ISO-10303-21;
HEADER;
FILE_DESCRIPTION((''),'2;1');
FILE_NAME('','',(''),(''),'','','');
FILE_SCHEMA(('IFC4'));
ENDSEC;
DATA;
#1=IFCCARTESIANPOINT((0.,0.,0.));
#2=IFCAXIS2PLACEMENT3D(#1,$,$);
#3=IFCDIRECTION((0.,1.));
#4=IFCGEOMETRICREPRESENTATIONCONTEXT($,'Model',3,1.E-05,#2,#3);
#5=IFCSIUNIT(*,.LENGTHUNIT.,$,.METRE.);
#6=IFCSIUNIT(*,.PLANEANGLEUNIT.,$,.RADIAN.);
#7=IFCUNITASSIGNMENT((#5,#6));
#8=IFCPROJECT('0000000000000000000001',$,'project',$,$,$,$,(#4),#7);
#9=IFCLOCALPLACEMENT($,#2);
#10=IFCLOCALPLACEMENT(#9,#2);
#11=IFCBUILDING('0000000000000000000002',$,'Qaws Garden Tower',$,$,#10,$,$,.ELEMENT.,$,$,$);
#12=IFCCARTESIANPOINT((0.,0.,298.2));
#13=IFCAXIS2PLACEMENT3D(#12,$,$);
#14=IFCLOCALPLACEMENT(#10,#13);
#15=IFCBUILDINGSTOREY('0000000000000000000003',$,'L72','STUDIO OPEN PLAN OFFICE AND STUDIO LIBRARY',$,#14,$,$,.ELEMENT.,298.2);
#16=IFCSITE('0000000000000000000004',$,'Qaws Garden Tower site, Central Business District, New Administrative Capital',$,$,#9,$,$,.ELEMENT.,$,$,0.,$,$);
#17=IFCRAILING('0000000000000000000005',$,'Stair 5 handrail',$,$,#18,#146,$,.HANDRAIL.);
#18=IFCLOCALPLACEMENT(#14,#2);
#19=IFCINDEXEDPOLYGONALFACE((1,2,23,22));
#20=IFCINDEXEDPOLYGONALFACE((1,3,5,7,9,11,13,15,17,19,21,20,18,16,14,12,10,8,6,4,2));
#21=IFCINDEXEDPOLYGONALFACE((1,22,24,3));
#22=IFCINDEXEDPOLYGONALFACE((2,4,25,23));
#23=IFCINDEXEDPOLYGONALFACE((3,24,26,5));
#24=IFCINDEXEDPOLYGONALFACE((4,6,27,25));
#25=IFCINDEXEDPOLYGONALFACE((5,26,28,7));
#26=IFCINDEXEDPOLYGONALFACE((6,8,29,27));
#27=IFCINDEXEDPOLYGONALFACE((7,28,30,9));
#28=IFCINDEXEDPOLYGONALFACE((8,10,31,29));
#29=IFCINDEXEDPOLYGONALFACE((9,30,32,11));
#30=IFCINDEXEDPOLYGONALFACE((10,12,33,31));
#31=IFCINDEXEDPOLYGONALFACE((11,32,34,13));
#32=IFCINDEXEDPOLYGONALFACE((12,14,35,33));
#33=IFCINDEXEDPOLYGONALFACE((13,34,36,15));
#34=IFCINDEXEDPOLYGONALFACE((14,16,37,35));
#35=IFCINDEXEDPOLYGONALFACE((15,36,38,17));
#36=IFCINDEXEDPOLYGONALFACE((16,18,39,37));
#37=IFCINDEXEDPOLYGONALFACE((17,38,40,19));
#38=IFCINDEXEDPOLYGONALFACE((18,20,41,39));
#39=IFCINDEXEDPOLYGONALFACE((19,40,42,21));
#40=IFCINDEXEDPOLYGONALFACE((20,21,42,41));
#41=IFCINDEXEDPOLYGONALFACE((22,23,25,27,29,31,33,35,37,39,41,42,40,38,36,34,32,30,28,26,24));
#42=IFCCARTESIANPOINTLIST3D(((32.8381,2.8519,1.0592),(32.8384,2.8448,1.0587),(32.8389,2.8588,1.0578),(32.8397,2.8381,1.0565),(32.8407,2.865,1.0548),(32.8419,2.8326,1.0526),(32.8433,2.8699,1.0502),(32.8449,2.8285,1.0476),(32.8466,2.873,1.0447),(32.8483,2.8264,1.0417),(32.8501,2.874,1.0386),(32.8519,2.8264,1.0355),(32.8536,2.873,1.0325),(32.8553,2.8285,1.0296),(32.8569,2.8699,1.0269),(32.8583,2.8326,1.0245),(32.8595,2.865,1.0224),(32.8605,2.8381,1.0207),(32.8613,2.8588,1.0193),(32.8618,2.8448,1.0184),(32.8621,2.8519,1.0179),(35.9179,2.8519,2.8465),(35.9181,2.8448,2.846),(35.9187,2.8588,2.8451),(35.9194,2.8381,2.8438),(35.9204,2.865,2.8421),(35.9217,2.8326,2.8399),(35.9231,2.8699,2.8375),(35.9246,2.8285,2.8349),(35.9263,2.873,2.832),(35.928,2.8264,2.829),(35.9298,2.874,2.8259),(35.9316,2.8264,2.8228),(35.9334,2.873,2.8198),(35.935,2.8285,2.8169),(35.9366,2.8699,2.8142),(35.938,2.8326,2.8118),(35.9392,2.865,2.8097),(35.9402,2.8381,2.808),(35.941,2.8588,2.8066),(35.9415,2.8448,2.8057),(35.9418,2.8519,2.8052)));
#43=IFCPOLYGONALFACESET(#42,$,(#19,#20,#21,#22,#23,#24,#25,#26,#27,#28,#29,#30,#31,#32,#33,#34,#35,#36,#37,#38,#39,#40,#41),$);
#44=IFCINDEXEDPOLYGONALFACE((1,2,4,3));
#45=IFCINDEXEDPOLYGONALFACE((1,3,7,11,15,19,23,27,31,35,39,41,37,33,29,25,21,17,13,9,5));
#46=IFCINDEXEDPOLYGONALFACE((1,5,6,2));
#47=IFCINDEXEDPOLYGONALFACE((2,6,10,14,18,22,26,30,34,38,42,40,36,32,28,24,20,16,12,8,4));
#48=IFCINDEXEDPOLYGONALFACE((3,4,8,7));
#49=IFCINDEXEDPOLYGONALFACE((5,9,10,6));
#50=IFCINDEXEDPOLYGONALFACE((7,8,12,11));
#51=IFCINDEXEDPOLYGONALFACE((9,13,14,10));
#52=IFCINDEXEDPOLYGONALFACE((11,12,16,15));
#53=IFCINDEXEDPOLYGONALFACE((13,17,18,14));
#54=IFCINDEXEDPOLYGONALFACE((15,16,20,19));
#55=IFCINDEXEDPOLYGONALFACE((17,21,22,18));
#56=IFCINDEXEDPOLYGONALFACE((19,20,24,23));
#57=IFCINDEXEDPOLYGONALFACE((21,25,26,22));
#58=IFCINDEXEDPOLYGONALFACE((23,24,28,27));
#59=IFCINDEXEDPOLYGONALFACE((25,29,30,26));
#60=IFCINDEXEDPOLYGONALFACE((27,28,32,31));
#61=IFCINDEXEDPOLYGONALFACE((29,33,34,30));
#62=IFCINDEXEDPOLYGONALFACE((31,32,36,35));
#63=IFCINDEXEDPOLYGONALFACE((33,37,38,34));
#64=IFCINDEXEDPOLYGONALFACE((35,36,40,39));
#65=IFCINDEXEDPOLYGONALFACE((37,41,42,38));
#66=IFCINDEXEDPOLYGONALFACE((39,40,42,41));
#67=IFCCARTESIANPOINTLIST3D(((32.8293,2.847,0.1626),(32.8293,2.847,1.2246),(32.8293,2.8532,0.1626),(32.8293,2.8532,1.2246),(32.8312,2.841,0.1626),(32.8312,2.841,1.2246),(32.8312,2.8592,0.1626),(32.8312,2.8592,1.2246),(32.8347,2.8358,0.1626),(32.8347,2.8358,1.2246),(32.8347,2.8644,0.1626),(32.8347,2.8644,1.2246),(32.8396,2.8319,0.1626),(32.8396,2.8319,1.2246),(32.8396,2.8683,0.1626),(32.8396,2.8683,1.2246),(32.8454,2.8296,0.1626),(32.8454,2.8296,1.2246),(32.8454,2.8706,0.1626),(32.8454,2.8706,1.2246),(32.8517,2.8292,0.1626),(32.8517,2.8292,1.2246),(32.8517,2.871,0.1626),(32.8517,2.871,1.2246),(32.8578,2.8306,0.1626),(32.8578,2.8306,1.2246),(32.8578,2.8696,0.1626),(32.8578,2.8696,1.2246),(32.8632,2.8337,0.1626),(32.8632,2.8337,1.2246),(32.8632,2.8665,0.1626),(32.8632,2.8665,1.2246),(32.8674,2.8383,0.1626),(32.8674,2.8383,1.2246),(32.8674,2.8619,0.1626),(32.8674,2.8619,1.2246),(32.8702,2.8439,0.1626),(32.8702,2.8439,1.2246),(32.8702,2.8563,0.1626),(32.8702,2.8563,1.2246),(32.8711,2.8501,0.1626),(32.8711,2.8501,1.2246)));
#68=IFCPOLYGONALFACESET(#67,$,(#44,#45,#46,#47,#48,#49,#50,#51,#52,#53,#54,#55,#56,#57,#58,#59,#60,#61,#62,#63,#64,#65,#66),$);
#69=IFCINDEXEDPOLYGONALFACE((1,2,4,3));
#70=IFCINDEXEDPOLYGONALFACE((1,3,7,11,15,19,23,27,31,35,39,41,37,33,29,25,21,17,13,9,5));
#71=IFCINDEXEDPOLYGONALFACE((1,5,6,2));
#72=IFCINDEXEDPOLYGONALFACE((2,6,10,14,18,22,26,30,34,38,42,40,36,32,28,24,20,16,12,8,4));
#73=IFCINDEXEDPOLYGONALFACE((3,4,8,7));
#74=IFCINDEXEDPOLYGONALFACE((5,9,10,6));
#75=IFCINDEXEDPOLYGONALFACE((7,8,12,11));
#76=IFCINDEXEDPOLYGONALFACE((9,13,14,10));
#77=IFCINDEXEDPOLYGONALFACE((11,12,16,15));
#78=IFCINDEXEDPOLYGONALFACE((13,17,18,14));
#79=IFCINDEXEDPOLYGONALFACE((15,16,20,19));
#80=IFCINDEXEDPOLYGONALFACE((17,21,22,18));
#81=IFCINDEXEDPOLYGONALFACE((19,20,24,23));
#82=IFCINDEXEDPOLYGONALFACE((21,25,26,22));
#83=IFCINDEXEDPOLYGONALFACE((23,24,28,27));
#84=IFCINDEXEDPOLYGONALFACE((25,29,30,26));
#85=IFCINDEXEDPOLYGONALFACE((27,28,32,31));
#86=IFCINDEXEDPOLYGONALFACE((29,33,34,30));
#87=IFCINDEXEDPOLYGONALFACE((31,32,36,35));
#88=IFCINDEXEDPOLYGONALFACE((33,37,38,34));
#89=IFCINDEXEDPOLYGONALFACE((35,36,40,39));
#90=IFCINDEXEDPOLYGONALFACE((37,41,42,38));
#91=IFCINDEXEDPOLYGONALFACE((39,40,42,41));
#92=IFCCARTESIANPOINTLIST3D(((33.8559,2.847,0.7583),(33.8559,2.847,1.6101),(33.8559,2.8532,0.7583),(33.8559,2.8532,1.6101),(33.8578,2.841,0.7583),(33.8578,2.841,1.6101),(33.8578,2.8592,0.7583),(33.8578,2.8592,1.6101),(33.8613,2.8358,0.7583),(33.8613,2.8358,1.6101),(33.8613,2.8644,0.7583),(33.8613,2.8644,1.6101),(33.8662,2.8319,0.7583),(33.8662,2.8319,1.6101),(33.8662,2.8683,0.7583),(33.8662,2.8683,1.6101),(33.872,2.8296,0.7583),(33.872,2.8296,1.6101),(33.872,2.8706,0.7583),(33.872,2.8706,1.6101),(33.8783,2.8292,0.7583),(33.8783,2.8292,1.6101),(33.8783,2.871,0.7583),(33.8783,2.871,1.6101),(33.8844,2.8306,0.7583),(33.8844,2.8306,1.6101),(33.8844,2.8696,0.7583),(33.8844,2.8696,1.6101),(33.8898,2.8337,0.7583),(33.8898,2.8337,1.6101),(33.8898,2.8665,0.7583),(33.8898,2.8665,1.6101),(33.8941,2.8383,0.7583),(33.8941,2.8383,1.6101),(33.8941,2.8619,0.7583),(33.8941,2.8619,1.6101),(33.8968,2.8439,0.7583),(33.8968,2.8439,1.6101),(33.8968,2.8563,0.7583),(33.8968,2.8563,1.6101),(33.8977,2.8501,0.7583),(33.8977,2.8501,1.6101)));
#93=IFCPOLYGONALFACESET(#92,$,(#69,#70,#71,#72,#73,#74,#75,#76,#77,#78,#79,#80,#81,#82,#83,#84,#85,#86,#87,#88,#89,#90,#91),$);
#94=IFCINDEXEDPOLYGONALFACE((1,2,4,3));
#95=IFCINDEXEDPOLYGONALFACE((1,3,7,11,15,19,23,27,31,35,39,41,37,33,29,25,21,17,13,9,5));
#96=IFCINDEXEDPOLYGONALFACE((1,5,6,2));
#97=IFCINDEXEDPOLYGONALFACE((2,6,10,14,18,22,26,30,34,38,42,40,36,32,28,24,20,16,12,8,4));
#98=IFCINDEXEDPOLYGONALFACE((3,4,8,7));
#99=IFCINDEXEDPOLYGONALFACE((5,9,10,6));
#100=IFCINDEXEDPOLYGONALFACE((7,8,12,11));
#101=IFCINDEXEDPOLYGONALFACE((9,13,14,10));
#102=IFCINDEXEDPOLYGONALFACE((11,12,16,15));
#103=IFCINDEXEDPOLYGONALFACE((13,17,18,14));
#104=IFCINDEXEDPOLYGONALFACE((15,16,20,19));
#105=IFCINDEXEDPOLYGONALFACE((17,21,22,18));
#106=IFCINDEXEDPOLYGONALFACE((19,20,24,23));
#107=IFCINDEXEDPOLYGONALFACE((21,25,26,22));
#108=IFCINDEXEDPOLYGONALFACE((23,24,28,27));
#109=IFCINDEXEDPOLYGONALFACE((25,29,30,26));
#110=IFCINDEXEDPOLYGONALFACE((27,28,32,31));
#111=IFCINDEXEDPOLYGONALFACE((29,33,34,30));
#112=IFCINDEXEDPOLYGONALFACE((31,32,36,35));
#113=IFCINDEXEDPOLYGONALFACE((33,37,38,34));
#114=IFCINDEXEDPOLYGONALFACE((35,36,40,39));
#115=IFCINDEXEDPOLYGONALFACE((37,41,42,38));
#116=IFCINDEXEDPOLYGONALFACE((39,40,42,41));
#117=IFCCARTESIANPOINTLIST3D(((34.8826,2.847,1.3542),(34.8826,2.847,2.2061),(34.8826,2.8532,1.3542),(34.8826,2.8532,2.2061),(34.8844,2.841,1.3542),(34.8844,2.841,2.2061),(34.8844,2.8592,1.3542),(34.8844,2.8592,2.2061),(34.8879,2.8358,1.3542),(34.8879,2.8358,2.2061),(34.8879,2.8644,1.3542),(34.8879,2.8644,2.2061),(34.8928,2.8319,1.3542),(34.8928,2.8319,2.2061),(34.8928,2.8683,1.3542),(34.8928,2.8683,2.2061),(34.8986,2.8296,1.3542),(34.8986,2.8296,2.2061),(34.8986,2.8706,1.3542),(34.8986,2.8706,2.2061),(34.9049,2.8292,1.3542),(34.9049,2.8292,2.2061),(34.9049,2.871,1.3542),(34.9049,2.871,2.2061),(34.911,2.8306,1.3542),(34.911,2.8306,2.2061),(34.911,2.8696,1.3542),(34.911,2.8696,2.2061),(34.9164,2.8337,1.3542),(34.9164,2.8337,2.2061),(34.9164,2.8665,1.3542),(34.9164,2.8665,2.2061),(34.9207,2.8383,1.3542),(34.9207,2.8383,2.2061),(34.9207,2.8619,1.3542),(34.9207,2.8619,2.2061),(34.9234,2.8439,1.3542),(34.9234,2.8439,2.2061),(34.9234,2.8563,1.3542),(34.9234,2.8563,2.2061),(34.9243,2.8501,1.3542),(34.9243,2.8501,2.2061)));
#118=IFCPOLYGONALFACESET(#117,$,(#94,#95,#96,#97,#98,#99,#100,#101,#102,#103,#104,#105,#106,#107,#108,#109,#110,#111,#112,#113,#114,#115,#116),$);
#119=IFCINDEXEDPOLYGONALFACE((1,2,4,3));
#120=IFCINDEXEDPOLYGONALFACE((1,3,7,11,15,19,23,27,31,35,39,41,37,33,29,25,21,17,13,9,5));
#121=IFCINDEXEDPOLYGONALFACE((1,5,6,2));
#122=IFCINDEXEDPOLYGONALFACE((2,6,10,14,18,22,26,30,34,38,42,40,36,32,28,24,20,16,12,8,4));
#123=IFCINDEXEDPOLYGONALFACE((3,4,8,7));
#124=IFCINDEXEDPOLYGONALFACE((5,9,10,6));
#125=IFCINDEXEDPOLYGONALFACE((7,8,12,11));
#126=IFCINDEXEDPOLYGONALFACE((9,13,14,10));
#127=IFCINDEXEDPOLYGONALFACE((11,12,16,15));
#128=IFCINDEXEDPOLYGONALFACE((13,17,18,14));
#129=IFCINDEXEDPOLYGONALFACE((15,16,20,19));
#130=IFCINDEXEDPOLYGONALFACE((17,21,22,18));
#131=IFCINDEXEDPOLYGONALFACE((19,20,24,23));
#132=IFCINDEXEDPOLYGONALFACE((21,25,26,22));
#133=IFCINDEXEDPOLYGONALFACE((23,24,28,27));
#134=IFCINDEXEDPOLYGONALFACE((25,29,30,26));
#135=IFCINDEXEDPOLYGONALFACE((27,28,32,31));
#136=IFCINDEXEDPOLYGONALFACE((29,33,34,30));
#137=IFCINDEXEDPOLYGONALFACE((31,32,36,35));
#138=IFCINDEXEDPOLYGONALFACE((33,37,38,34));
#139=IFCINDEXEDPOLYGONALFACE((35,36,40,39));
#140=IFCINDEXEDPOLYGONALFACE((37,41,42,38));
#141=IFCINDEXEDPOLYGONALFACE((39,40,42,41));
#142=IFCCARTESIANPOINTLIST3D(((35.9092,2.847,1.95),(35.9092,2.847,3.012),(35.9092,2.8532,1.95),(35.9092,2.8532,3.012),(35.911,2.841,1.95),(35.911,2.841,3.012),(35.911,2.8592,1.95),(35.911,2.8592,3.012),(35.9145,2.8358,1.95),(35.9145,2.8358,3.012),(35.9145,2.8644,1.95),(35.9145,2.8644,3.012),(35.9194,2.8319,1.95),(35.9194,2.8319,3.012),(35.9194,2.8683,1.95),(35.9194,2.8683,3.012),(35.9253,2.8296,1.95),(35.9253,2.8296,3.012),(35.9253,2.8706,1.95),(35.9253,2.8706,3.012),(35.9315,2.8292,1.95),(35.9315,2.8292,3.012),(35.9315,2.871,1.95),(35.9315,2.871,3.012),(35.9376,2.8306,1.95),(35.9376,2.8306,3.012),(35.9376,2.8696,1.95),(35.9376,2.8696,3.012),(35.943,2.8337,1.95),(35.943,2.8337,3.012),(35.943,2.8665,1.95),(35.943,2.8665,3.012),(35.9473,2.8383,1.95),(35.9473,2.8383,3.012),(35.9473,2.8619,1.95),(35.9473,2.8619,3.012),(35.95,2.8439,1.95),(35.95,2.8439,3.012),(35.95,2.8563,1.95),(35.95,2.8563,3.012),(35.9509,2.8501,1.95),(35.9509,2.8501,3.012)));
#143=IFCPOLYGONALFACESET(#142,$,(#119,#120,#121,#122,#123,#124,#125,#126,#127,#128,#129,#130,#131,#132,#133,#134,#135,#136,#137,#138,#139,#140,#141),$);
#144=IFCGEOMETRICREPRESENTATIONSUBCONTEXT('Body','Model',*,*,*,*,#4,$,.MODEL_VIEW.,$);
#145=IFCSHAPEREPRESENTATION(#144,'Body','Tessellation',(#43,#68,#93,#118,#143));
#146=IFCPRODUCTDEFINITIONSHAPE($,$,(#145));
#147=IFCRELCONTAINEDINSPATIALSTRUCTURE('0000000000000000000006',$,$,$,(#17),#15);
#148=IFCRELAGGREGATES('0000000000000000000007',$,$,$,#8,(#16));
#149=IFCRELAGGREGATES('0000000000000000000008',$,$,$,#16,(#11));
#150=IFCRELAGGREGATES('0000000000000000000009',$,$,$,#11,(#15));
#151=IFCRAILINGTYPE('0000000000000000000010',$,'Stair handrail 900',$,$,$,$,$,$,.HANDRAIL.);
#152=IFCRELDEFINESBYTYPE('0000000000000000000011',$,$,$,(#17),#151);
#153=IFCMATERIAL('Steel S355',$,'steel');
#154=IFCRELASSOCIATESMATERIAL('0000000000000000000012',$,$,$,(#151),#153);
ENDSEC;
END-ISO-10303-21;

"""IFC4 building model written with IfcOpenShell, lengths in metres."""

from ifc_helpers import new_model, si_unit, direction, frame, origin, origin_2d, place, context, subcontext, project, spatial, circle, extrude, material, type_object, element, save


model = new_model("IFC4")

# Units and contexts
model_context = context("Model", 3, precision=1e-05, world=origin(), true_north=direction((0.0, 1.0)))
body_context = subcontext(model_context, "Body", "Model", "MODEL_VIEW")
ifc_project = project(units=[si_unit("LENGTHUNIT", "METRE"), si_unit("PLANEANGLEUNIT", "RADIAN")], contexts=[model_context])

# Site, building, storey
site_placement = place(None, origin())
site = spatial("IfcSite", under=ifc_project, at=site_placement, Name="Qaws Garden Tower site, Central Business District, New Administrative Capital", CompositionType="ELEMENT", RefElevation=0.0)
building_placement = place(site_placement, origin())
building = spatial("IfcBuilding", under=site, at=building_placement, Name="Qaws Garden Tower", CompositionType="ELEMENT")
storey_placement = place(building_placement, frame((0.0, 0.0, 298.2)))
storey = spatial("IfcBuildingStorey", under=building, at=storey_placement, Name="L72", Description="STUDIO OPEN PLAN OFFICE AND STUDIO LIBRARY", CompositionType="ELEMENT", Elevation=298.2)

# Railing
ifc_material_1 = material(Name="Steel S355", Category="steel")
railing_type = type_object("IfcRailingType", Name="Stair handrail 900", PredefinedType="HANDRAIL", material=ifc_material_1)
railing_1_placement = place(storey_placement, frame((32.8501, 2.8501, 0.1626)))
element("IfcRailing", 1, at=railing_1_placement, inside=storey, type_object=railing_type, Name="Stair 5 handrail", PredefinedType="HANDRAIL", context=body_context, shape_type="SweptSolid", body=[
    extrude(circle(Radius=0.0239, at=origin_2d()), frame((0.0, 0.0, 0.876), z_axis=(0.864903, 0.0, 0.501939), x_axis=(0.0, 1.0, 0.0)), (0.0, 0.0, 1.0), 3.5608),
    extrude(circle(Radius=0.021, at=origin_2d()), origin(), (0.0, 0.0, 1.0), 1.062),
    extrude(circle(Radius=0.021, at=origin_2d()), frame((1.0266, 0.0, 0.5957)), (0.0, 0.0, 1.0), 0.8518),
    extrude(circle(Radius=0.021, at=origin_2d()), frame((2.0532, 0.0, 1.1917)), (0.0, 0.0, 1.0), 0.8518),
    extrude(circle(Radius=0.021, at=origin_2d()), frame((3.0798, 0.0, 1.7874)), (0.0, 0.0, 1.0), 1.062),
])

save(model, "model.ifc")
